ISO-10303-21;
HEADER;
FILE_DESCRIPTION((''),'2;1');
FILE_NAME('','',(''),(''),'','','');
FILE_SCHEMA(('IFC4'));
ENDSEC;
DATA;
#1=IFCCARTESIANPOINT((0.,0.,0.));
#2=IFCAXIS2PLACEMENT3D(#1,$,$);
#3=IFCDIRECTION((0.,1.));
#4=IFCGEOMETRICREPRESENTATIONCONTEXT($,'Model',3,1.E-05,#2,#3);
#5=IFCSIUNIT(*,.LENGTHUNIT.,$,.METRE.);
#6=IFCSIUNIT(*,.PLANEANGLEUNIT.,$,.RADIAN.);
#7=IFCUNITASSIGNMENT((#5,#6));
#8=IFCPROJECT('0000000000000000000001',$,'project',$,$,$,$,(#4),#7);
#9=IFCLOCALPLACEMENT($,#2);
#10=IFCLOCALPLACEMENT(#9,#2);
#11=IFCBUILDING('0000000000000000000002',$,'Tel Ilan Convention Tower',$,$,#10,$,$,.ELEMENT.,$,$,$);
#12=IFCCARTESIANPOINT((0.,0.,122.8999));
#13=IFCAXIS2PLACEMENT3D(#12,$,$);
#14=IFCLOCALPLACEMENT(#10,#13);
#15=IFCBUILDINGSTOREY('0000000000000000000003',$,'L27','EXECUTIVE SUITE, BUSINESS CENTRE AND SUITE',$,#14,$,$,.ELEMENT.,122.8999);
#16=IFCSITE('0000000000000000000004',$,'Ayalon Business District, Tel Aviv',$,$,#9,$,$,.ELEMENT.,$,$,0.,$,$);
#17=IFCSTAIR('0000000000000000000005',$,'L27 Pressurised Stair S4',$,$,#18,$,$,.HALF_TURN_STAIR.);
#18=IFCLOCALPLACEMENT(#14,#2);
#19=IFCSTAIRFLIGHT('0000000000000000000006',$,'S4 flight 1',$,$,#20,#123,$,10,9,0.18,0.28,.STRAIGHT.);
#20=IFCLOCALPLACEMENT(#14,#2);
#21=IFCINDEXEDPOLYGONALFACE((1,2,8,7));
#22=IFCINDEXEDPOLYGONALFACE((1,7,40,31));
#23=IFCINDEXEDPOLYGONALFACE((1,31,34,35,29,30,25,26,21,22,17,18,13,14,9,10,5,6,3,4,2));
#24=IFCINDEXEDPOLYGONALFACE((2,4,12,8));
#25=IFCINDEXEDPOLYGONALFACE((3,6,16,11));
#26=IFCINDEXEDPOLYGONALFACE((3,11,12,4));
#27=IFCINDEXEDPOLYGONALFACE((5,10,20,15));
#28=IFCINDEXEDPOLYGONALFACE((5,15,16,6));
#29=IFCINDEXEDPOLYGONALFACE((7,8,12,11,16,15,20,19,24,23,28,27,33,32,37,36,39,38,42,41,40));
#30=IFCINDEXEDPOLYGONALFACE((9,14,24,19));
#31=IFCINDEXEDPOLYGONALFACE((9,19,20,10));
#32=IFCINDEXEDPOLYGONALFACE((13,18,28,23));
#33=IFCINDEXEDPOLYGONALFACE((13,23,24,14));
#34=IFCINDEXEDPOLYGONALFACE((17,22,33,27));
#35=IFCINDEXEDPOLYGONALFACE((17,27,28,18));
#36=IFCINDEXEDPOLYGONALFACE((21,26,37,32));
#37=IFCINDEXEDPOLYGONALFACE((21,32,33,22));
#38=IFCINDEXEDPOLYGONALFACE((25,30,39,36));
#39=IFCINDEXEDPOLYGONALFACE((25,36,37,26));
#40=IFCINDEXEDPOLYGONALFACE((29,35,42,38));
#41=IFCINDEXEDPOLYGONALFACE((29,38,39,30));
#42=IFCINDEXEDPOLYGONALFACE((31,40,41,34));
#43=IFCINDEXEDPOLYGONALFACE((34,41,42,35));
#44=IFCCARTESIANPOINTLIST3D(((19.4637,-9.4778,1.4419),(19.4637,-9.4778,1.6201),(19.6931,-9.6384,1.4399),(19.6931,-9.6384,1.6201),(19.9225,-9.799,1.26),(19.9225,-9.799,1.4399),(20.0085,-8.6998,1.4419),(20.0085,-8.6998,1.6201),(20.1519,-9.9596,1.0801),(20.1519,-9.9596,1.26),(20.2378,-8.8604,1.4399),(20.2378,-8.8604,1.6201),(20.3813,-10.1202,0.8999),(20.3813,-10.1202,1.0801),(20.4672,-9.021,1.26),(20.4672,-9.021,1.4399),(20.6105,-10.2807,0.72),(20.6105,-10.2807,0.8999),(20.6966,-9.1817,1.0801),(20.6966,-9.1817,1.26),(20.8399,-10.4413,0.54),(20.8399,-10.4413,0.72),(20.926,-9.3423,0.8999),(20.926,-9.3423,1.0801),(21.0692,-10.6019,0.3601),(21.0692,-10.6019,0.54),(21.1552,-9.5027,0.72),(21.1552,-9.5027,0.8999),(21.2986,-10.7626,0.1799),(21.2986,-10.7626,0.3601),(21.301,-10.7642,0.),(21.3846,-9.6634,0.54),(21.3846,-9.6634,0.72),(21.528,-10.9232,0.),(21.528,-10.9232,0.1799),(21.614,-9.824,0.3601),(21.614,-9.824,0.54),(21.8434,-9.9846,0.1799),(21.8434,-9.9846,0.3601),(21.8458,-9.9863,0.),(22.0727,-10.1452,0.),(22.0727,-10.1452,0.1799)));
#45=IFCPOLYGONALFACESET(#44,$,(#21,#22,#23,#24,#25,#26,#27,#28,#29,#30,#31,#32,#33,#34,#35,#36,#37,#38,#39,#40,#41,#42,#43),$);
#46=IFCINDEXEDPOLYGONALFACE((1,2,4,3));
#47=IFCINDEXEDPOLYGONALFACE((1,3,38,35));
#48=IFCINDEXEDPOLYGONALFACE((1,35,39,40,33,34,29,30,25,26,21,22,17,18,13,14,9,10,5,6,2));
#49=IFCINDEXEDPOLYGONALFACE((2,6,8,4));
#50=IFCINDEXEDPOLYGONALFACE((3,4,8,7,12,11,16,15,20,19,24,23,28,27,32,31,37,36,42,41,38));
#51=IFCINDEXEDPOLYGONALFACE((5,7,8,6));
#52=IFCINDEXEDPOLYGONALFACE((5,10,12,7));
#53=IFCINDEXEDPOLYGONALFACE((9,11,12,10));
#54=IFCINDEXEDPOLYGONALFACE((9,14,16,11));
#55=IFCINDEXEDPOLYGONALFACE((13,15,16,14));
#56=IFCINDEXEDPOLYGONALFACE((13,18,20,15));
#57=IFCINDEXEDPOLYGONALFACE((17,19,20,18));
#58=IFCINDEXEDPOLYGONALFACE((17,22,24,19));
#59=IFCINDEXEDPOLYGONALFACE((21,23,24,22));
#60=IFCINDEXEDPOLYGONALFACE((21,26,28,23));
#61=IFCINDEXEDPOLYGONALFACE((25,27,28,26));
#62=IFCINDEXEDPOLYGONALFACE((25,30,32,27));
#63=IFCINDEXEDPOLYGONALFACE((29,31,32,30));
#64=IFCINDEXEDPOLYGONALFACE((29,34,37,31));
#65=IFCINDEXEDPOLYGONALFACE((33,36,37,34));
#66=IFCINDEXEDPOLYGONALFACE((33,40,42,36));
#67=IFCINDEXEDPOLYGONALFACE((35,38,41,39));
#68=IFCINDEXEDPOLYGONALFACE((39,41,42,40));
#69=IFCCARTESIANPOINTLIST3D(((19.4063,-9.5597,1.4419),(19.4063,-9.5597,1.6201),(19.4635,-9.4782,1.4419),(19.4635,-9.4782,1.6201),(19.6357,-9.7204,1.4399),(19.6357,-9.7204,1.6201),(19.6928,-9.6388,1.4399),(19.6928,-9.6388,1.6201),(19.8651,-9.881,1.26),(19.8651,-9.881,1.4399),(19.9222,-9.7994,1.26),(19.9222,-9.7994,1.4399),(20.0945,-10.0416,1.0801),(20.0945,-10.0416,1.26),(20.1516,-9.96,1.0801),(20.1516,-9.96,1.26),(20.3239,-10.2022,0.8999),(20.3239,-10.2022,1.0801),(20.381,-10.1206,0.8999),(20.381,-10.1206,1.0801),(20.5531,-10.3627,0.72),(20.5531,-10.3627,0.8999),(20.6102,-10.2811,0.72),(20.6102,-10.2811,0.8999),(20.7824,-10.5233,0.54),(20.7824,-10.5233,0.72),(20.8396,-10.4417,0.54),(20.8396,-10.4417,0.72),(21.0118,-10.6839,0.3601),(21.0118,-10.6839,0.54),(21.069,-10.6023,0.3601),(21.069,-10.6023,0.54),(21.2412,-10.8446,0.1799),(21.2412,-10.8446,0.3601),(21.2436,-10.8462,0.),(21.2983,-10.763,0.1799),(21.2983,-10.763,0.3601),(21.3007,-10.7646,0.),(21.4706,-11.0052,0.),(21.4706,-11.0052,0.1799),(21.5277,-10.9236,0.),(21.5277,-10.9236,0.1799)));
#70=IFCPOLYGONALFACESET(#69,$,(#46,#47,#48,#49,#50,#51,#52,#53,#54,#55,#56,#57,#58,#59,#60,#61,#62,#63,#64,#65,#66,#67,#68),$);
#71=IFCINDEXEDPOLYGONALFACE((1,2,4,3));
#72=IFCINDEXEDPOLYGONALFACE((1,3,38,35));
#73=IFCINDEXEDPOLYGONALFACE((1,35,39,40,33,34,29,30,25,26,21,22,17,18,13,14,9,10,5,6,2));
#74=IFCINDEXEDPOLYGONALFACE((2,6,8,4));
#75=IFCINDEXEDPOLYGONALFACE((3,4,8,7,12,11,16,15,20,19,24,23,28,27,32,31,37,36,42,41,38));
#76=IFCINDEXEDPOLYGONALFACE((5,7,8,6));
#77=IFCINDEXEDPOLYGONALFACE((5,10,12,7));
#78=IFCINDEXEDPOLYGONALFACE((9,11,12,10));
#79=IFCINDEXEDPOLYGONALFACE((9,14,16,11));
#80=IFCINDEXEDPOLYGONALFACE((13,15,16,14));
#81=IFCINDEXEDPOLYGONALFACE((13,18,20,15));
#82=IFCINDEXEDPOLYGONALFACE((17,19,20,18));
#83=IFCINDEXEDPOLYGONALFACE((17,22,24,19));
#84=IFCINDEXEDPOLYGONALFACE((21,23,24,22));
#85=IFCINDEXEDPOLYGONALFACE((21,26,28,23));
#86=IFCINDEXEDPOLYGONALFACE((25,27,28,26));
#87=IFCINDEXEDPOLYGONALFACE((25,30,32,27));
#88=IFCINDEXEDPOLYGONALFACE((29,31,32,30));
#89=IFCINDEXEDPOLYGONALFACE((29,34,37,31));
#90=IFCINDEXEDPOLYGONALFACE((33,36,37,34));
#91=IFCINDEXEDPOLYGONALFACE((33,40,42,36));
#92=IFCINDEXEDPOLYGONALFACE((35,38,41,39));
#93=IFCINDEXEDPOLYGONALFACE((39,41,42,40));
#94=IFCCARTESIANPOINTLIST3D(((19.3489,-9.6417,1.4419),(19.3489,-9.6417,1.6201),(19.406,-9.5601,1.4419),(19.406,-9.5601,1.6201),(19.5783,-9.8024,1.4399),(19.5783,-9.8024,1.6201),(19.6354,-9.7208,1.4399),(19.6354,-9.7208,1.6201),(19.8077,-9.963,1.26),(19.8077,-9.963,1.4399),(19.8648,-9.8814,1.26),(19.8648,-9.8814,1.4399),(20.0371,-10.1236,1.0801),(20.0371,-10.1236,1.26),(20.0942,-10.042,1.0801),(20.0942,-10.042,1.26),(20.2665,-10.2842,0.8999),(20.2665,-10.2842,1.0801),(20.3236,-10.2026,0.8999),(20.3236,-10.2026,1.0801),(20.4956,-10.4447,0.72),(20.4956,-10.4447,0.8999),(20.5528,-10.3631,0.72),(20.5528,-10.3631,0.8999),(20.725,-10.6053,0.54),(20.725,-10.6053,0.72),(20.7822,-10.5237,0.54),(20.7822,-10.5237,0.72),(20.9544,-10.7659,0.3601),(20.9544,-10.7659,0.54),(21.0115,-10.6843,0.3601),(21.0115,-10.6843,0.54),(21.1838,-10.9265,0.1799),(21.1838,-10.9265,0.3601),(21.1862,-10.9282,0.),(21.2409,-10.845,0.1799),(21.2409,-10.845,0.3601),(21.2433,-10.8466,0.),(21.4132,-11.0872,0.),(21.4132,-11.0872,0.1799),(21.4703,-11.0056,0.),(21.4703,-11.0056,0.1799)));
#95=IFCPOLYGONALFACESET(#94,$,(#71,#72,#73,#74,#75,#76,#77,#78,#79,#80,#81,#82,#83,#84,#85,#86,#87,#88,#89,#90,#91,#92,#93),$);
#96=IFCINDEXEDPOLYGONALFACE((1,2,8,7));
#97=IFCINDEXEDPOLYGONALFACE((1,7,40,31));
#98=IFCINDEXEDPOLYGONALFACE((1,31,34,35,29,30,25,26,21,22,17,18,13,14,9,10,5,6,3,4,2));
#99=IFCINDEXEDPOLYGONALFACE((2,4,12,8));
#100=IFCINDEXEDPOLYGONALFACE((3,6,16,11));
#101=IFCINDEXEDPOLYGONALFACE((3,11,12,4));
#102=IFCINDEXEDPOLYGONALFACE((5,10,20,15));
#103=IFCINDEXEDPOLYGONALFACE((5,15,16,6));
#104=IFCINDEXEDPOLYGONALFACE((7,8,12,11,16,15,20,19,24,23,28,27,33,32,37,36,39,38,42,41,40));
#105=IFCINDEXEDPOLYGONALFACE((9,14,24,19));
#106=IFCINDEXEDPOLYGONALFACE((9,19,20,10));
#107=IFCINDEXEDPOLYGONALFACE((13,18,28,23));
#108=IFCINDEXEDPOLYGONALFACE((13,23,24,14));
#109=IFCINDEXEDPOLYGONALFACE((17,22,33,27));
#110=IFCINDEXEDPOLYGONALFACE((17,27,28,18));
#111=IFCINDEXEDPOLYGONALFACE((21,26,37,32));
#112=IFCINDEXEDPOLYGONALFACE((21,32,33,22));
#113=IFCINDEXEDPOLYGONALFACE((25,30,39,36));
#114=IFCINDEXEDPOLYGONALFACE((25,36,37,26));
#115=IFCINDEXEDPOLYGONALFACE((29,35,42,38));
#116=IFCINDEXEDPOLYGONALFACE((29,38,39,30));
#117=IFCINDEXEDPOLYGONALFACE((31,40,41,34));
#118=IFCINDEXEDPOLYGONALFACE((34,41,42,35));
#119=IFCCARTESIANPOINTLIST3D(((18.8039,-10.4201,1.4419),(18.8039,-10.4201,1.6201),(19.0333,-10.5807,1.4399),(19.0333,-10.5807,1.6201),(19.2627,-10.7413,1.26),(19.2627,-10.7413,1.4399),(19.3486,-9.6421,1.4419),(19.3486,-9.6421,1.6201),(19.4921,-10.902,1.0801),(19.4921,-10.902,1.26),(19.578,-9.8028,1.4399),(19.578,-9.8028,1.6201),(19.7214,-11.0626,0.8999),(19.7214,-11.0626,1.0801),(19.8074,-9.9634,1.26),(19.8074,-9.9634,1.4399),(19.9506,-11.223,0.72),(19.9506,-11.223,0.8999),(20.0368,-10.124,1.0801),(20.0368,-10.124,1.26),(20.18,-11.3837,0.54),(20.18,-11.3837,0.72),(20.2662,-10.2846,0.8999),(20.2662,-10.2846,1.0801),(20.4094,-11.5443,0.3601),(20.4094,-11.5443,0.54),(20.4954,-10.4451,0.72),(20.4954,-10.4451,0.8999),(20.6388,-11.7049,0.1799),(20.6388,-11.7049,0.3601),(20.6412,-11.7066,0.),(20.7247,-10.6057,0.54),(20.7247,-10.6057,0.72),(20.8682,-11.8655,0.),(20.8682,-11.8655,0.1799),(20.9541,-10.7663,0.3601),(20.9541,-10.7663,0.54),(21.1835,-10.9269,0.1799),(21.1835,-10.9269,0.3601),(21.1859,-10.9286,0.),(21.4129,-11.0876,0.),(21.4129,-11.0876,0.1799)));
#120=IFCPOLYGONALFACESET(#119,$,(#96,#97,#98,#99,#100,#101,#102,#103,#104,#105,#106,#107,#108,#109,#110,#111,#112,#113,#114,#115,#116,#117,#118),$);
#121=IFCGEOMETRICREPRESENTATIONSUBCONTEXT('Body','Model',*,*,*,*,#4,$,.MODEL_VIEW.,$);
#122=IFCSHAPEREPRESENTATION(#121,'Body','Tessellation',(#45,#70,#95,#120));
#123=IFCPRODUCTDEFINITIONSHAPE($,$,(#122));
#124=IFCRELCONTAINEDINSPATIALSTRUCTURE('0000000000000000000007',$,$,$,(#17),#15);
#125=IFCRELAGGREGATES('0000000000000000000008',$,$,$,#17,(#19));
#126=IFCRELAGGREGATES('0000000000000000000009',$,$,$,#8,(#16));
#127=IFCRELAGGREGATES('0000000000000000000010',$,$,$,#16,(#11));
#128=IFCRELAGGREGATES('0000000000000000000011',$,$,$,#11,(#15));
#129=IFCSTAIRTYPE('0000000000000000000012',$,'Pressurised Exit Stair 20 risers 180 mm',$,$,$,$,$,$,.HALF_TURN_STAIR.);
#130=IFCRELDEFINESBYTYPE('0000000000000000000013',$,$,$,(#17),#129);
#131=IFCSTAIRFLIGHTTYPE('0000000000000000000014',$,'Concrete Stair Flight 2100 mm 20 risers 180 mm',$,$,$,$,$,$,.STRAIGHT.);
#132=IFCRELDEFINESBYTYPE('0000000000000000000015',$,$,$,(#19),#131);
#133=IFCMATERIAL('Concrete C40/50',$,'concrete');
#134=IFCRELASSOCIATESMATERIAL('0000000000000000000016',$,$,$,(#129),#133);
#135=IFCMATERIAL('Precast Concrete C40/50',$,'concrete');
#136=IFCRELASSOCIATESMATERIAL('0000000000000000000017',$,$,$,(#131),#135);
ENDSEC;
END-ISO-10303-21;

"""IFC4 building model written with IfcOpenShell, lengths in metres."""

from ifc_helpers import new_model, si_unit, direction, frame, origin, place, context, subcontext, project, spatial, polyline, outline, extrude, material, type_object, element, aggregate, save


model = new_model("IFC4")

# Units and contexts
model_context = context("Model", 3, precision=1e-05, world=origin(), true_north=direction((0.0, 1.0)))
body_context = subcontext(model_context, "Body", "Model", "MODEL_VIEW")
ifc_project = project(units=[si_unit("LENGTHUNIT", "METRE"), si_unit("PLANEANGLEUNIT", "RADIAN")], contexts=[model_context])

# Site, building, storey
site_placement = place(None, origin())
site = spatial("IfcSite", under=ifc_project, at=site_placement, Name="Ayalon Business District, Tel Aviv", CompositionType="ELEMENT", RefElevation=0.0)
building_placement = place(site_placement, origin())
building = spatial("IfcBuilding", under=site, at=building_placement, Name="Tel Ilan Convention Tower", CompositionType="ELEMENT")
storey_placement = place(building_placement, frame((0.0, 0.0, 122.8999)))
storey = spatial("IfcBuildingStorey", under=building, at=storey_placement, Name="L27", Description="EXECUTIVE SUITE, BUSINESS CENTRE AND SUITE", CompositionType="ELEMENT", Elevation=122.8999)

# Shared definitions
ifc_material_1 = material(Name="Concrete C40/50", Category="concrete")
stair_type = type_object("IfcStairType", Name="Pressurised Exit Stair 20 risers 180 mm", PredefinedType="HALF_TURN_STAIR", material=ifc_material_1)
ifc_material_2 = material(Name="Precast Concrete C40/50", Category="concrete")
stair_flight_type = type_object("IfcStairFlightType", Name="Concrete Stair Flight 2100 mm 20 risers 180 mm", PredefinedType="STRAIGHT", material=ifc_material_2)

# Stair, stair flight
stair_1_placement = place(storey_placement, origin())
stair_1 = element("IfcStair", 1, at=stair_1_placement, inside=storey, type_object=stair_type, Name="L27 Pressurised Stair S4", PredefinedType="HALF_TURN_STAIR")
stair_flight_1_placement = place(storey_placement, frame((21.4705, -11.0054, 0.0), z_axis=(0.0, 0.0, 1.0), x_axis=(-0.819152, 0.573576, 0.0)))
stair_flight_1 = element("IfcStairFlight", 2, at=stair_flight_1_placement, type_object=stair_flight_type, Name="S4 flight 1", NumberOfRisers=10, NumberOfTreads=9, PredefinedType="STRAIGHT", RiserHeight=0.18, TreadLength=0.28, context=body_context, shape_type="SweptSolid", body=[
    extrude(outline(polyline([(0.0, 0.0), (0.0, 0.1799), (0.28, 0.1799), (0.28, 0.3601), (0.5601, 0.3601), (0.5601, 0.54), (0.8401, 0.54), (0.8401, 0.72), (1.1201, 0.72), (1.1201, 0.8999), (1.3999, 0.8999), (1.3999, 1.0801), (1.6799, 1.0801), (1.6799, 1.26), (1.96, 1.26), (1.96, 1.4399), (2.24, 1.4399), (2.24, 1.6201), (2.52, 1.6201), (2.52, 1.8), (2.52, 1.4419), (0.2771, 0.0), (0.0, 0.0)])), frame((0.0, -0.1003, 0.0), z_axis=(0.0, -1.0, 0.0), x_axis=(1.0, 0.0, 0.0)), (0.0, 0.0, 1.0), 0.9497),
    extrude(outline(polyline([(0.0, 0.0), (0.0, 0.1799), (0.28, 0.1799), (0.28, 0.3601), (0.5601, 0.3601), (0.5601, 0.54), (0.8401, 0.54), (0.8401, 0.72), (1.1201, 0.72), (1.1201, 0.8999), (1.3999, 0.8999), (1.3999, 1.0801), (1.6799, 1.0801), (1.6799, 1.26), (1.96, 1.26), (1.96, 1.4399), (2.24, 1.4399), (2.24, 1.6201), (2.52, 1.6201), (2.52, 1.8), (2.52, 1.4419), (0.2771, 0.0), (0.0, 0.0)])), frame((0.0, -0.0002, 0.0), z_axis=(0.0, -1.0, 0.0), x_axis=(1.0, 0.0, 0.0)), (0.0, 0.0, 1.0), 0.0996),
    extrude(outline(polyline([(0.0, 0.0), (0.0, 0.1799), (0.28, 0.1799), (0.28, 0.3601), (0.5601, 0.3601), (0.5601, 0.54), (0.8401, 0.54), (0.8401, 0.72), (1.1201, 0.72), (1.1201, 0.8999), (1.3999, 0.8999), (1.3999, 1.0801), (1.6799, 1.0801), (1.6799, 1.26), (1.96, 1.26), (1.96, 1.4399), (2.24, 1.4399), (2.24, 1.6201), (2.52, 1.6201), (2.52, 1.8), (2.52, 1.4419), (0.2771, 0.0), (0.0, 0.0)])), frame((0.0, 0.0999, 0.0), z_axis=(0.0, -1.0, 0.0), x_axis=(1.0, 0.0, 0.0)), (0.0, 0.0, 1.0), 0.0996),
    extrude(outline(polyline([(0.0, 0.0), (0.0, 0.1799), (0.28, 0.1799), (0.28, 0.3601), (0.5601, 0.3601), (0.5601, 0.54), (0.8401, 0.54), (0.8401, 0.72), (1.1201, 0.72), (1.1201, 0.8999), (1.3999, 0.8999), (1.3999, 1.0801), (1.6799, 1.0801), (1.6799, 1.26), (1.96, 1.26), (1.96, 1.4399), (2.24, 1.4399), (2.24, 1.6201), (2.52, 1.6201), (2.52, 1.8), (2.52, 1.4419), (0.2771, 0.0), (0.0, 0.0)])), frame((0.0, 1.05, 0.0), z_axis=(0.0, -1.0, 0.0), x_axis=(1.0, 0.0, 0.0)), (0.0, 0.0, 1.0), 0.9497),
])
aggregate(stair_1, [stair_flight_1])

save(model, "model.ifc")
